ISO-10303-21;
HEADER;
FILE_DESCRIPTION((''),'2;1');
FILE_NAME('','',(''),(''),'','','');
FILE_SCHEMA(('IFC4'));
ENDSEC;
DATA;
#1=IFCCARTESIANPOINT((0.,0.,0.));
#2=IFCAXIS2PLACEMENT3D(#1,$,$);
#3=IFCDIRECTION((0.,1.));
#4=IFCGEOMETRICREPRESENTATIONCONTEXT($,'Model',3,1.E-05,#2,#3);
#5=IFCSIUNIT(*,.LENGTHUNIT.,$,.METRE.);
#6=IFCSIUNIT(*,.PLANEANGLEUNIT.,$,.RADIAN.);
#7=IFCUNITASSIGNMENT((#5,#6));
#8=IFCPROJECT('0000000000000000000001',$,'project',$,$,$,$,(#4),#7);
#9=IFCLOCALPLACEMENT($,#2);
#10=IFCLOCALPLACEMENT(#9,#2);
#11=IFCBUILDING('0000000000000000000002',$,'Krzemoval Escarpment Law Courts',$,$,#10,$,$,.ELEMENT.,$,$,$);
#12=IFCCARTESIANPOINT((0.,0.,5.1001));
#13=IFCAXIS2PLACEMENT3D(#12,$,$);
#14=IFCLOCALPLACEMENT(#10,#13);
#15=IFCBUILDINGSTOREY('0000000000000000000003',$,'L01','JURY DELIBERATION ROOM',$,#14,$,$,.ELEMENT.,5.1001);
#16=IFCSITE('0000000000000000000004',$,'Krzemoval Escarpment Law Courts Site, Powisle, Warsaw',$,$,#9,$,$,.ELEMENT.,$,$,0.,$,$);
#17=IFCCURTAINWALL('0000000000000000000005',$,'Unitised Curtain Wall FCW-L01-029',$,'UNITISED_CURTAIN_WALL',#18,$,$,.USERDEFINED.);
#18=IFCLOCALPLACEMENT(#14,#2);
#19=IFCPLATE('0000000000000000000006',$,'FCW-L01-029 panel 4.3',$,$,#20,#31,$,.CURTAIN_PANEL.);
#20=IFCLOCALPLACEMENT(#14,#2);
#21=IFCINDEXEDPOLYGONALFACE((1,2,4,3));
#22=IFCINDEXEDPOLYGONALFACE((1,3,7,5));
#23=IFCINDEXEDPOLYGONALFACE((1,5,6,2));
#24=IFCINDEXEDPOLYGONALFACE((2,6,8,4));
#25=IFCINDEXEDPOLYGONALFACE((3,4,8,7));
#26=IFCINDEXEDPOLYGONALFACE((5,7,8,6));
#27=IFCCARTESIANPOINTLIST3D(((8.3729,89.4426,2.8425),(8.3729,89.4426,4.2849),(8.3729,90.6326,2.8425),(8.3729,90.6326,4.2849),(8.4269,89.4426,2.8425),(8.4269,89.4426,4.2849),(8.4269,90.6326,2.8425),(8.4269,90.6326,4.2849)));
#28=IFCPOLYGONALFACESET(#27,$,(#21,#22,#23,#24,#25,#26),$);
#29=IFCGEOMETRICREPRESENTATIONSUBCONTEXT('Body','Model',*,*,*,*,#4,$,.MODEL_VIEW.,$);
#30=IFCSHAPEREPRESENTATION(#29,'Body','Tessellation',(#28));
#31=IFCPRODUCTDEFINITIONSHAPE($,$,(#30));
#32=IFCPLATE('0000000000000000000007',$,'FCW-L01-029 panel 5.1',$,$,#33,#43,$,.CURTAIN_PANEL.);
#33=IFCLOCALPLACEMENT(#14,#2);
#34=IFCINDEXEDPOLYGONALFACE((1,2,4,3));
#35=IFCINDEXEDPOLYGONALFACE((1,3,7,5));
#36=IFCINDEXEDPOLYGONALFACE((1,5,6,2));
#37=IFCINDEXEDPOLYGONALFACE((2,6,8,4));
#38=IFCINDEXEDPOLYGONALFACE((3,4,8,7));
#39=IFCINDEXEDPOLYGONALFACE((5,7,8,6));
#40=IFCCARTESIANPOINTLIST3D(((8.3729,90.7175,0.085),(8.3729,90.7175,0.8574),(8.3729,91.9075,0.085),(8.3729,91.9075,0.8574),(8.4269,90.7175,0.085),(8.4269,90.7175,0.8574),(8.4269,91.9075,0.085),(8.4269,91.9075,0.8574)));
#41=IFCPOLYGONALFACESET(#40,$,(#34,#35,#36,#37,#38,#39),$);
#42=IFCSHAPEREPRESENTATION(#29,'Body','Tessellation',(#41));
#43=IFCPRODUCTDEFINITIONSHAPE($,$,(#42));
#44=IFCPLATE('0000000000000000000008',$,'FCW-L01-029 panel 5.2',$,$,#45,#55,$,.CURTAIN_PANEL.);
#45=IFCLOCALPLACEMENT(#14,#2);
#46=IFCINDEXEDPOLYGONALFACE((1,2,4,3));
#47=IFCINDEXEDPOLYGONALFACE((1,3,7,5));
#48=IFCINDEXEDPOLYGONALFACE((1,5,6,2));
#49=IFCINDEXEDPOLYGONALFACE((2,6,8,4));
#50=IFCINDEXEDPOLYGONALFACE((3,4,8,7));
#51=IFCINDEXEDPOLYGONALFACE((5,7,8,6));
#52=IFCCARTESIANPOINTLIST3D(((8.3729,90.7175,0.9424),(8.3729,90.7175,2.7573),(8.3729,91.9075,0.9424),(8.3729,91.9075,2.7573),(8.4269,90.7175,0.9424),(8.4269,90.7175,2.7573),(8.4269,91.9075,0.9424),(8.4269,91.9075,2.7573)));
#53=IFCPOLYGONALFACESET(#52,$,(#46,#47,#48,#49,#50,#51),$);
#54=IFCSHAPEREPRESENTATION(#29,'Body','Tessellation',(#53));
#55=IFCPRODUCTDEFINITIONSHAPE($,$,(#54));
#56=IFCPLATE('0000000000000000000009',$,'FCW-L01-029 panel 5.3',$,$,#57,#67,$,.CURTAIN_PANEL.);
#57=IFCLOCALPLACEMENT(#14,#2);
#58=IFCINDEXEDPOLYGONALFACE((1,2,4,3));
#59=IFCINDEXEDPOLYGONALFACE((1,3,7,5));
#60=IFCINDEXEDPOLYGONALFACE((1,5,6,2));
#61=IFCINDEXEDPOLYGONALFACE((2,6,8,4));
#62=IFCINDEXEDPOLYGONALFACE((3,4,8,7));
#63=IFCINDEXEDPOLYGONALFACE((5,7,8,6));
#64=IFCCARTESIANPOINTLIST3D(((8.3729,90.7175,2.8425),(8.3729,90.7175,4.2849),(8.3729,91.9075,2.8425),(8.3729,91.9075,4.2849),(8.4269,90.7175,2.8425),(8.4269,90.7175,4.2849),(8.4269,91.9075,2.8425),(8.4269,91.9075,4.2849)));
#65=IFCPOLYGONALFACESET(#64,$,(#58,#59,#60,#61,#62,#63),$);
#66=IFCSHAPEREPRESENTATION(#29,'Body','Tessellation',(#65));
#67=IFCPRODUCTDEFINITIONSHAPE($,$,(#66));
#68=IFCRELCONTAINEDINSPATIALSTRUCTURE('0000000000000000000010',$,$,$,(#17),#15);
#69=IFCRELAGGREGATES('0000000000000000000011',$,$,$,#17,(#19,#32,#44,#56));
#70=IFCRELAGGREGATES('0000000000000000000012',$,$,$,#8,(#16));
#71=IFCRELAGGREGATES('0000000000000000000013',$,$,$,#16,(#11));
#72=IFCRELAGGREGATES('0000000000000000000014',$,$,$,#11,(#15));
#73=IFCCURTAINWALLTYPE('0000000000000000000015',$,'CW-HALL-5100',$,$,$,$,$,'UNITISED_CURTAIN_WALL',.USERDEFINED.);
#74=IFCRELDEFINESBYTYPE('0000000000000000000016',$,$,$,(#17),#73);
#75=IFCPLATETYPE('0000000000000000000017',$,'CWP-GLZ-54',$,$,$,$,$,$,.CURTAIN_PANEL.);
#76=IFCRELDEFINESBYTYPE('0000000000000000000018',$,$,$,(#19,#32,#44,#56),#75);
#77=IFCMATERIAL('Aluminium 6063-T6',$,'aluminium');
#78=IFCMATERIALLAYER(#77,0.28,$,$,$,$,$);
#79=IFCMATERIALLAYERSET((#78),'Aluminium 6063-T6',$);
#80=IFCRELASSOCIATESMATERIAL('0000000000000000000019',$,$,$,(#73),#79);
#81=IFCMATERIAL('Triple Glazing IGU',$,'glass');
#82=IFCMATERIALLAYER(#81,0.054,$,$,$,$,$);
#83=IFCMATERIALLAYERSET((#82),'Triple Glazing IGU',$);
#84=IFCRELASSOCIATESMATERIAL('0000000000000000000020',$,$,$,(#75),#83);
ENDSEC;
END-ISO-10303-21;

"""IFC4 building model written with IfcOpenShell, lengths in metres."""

from ifc_helpers import new_model, si_unit, direction, frame, origin, origin_2d, place, context, subcontext, project, spatial, rectangle, extrude, material, layer, layer_set, type_object, element, aggregate, save


model = new_model("IFC4")

# Units and contexts
model_context = context("Model", 3, precision=1e-05, world=origin(), true_north=direction((0.0, 1.0)))
body_context = subcontext(model_context, "Body", "Model", "MODEL_VIEW")
ifc_project = project(units=[si_unit("LENGTHUNIT", "METRE"), si_unit("PLANEANGLEUNIT", "RADIAN")], contexts=[model_context])

# Site, building, storey
site_placement = place(None, origin())
site = spatial("IfcSite", under=ifc_project, at=site_placement, Name="Krzemoval Escarpment Law Courts Site, Powisle, Warsaw", CompositionType="ELEMENT", RefElevation=0.0)
building_placement = place(site_placement, origin())
building = spatial("IfcBuilding", under=site, at=building_placement, Name="Krzemoval Escarpment Law Courts", CompositionType="ELEMENT")
storey_placement = place(building_placement, frame((0.0, 0.0, 5.1001)))
storey = spatial("IfcBuildingStorey", under=building, at=storey_placement, Name="L01", Description="JURY DELIBERATION ROOM", CompositionType="ELEMENT", Elevation=5.1001)

# Curtain wall
ifc_material_1 = material(Name="Aluminium 6063-T6", Category="aluminium")
ifc_layer_1 = layer(ifc_material_1, 0.28)
ifc_layer_set_1 = layer_set([ifc_layer_1], Name="Aluminium 6063-T6")
curtain_wall_type = type_object("IfcCurtainWallType", Name="CW-HALL-5100", ElementType="UNITISED_CURTAIN_WALL", PredefinedType="USERDEFINED", material=ifc_layer_set_1)
curtain_wall_placement = place(storey_placement, origin())
curtain_wall = element("IfcCurtainWall", 1, at=curtain_wall_placement, inside=storey, type_object=curtain_wall_type, Name="Unitised Curtain Wall FCW-L01-029", ObjectType="UNITISED_CURTAIN_WALL", PredefinedType="USERDEFINED")

# Plates
ifc_material_2 = material(Name="Triple Glazing IGU", Category="glass")
ifc_layer_2 = layer(ifc_material_2, 0.054)
ifc_layer_set_2 = layer_set([ifc_layer_2], Name="Triple Glazing IGU")
plate_type = type_object("IfcPlateType", Name="CWP-GLZ-54", PredefinedType="CURTAIN_PANEL", material=ifc_layer_set_2)
plate_1_placement = place(storey_placement, frame((8.3999, 90.0376, 2.8425), z_axis=(0.0, 0.0, 1.0), x_axis=(0.0, 1.0, 0.0)))
plate_1 = element("IfcPlate", 2, at=plate_1_placement, type_object=plate_type, Name="FCW-L01-029 panel 4.3", PredefinedType="CURTAIN_PANEL", context=body_context, shape_type="SweptSolid", body=[
    extrude(rectangle(XDim=1.1899, YDim=0.054, at=origin_2d()), origin(), (0.0, 0.0, 1.0), 1.4424),
])
plate_2_placement = place(storey_placement, frame((8.3999, 91.3125, 0.085), z_axis=(0.0, 0.0, 1.0), x_axis=(0.0, 1.0, 0.0)))
plate_2 = element("IfcPlate", 3, at=plate_2_placement, type_object=plate_type, Name="FCW-L01-029 panel 5.1", PredefinedType="CURTAIN_PANEL", context=body_context, shape_type="SweptSolid", body=[
    extrude(rectangle(XDim=1.1899, YDim=0.054, at=origin_2d()), origin(), (0.0, 0.0, 1.0), 0.7725),
])
plate_3_placement = place(storey_placement, frame((8.3999, 91.3125, 0.9424), z_axis=(0.0, 0.0, 1.0), x_axis=(0.0, 1.0, 0.0)))
plate_3 = element("IfcPlate", 4, at=plate_3_placement, type_object=plate_type, Name="FCW-L01-029 panel 5.2", PredefinedType="CURTAIN_PANEL", context=body_context, shape_type="SweptSolid", body=[
    extrude(rectangle(XDim=1.1899, YDim=0.054, at=origin_2d()), origin(), (0.0, 0.0, 1.0), 1.8149),
])
plate_4_placement = place(storey_placement, frame((8.3999, 91.3125, 2.8425), z_axis=(0.0, 0.0, 1.0), x_axis=(0.0, 1.0, 0.0)))
plate_4 = element("IfcPlate", 5, at=plate_4_placement, type_object=plate_type, Name="FCW-L01-029 panel 5.3", PredefinedType="CURTAIN_PANEL", context=body_context, shape_type="SweptSolid", body=[
    extrude(rectangle(XDim=1.1899, YDim=0.054, at=origin_2d()), origin(), (0.0, 0.0, 1.0), 1.4424),
])
aggregate(curtain_wall, [plate_1, plate_2, plate_3, plate_4])

save(model, "model.ifc")
